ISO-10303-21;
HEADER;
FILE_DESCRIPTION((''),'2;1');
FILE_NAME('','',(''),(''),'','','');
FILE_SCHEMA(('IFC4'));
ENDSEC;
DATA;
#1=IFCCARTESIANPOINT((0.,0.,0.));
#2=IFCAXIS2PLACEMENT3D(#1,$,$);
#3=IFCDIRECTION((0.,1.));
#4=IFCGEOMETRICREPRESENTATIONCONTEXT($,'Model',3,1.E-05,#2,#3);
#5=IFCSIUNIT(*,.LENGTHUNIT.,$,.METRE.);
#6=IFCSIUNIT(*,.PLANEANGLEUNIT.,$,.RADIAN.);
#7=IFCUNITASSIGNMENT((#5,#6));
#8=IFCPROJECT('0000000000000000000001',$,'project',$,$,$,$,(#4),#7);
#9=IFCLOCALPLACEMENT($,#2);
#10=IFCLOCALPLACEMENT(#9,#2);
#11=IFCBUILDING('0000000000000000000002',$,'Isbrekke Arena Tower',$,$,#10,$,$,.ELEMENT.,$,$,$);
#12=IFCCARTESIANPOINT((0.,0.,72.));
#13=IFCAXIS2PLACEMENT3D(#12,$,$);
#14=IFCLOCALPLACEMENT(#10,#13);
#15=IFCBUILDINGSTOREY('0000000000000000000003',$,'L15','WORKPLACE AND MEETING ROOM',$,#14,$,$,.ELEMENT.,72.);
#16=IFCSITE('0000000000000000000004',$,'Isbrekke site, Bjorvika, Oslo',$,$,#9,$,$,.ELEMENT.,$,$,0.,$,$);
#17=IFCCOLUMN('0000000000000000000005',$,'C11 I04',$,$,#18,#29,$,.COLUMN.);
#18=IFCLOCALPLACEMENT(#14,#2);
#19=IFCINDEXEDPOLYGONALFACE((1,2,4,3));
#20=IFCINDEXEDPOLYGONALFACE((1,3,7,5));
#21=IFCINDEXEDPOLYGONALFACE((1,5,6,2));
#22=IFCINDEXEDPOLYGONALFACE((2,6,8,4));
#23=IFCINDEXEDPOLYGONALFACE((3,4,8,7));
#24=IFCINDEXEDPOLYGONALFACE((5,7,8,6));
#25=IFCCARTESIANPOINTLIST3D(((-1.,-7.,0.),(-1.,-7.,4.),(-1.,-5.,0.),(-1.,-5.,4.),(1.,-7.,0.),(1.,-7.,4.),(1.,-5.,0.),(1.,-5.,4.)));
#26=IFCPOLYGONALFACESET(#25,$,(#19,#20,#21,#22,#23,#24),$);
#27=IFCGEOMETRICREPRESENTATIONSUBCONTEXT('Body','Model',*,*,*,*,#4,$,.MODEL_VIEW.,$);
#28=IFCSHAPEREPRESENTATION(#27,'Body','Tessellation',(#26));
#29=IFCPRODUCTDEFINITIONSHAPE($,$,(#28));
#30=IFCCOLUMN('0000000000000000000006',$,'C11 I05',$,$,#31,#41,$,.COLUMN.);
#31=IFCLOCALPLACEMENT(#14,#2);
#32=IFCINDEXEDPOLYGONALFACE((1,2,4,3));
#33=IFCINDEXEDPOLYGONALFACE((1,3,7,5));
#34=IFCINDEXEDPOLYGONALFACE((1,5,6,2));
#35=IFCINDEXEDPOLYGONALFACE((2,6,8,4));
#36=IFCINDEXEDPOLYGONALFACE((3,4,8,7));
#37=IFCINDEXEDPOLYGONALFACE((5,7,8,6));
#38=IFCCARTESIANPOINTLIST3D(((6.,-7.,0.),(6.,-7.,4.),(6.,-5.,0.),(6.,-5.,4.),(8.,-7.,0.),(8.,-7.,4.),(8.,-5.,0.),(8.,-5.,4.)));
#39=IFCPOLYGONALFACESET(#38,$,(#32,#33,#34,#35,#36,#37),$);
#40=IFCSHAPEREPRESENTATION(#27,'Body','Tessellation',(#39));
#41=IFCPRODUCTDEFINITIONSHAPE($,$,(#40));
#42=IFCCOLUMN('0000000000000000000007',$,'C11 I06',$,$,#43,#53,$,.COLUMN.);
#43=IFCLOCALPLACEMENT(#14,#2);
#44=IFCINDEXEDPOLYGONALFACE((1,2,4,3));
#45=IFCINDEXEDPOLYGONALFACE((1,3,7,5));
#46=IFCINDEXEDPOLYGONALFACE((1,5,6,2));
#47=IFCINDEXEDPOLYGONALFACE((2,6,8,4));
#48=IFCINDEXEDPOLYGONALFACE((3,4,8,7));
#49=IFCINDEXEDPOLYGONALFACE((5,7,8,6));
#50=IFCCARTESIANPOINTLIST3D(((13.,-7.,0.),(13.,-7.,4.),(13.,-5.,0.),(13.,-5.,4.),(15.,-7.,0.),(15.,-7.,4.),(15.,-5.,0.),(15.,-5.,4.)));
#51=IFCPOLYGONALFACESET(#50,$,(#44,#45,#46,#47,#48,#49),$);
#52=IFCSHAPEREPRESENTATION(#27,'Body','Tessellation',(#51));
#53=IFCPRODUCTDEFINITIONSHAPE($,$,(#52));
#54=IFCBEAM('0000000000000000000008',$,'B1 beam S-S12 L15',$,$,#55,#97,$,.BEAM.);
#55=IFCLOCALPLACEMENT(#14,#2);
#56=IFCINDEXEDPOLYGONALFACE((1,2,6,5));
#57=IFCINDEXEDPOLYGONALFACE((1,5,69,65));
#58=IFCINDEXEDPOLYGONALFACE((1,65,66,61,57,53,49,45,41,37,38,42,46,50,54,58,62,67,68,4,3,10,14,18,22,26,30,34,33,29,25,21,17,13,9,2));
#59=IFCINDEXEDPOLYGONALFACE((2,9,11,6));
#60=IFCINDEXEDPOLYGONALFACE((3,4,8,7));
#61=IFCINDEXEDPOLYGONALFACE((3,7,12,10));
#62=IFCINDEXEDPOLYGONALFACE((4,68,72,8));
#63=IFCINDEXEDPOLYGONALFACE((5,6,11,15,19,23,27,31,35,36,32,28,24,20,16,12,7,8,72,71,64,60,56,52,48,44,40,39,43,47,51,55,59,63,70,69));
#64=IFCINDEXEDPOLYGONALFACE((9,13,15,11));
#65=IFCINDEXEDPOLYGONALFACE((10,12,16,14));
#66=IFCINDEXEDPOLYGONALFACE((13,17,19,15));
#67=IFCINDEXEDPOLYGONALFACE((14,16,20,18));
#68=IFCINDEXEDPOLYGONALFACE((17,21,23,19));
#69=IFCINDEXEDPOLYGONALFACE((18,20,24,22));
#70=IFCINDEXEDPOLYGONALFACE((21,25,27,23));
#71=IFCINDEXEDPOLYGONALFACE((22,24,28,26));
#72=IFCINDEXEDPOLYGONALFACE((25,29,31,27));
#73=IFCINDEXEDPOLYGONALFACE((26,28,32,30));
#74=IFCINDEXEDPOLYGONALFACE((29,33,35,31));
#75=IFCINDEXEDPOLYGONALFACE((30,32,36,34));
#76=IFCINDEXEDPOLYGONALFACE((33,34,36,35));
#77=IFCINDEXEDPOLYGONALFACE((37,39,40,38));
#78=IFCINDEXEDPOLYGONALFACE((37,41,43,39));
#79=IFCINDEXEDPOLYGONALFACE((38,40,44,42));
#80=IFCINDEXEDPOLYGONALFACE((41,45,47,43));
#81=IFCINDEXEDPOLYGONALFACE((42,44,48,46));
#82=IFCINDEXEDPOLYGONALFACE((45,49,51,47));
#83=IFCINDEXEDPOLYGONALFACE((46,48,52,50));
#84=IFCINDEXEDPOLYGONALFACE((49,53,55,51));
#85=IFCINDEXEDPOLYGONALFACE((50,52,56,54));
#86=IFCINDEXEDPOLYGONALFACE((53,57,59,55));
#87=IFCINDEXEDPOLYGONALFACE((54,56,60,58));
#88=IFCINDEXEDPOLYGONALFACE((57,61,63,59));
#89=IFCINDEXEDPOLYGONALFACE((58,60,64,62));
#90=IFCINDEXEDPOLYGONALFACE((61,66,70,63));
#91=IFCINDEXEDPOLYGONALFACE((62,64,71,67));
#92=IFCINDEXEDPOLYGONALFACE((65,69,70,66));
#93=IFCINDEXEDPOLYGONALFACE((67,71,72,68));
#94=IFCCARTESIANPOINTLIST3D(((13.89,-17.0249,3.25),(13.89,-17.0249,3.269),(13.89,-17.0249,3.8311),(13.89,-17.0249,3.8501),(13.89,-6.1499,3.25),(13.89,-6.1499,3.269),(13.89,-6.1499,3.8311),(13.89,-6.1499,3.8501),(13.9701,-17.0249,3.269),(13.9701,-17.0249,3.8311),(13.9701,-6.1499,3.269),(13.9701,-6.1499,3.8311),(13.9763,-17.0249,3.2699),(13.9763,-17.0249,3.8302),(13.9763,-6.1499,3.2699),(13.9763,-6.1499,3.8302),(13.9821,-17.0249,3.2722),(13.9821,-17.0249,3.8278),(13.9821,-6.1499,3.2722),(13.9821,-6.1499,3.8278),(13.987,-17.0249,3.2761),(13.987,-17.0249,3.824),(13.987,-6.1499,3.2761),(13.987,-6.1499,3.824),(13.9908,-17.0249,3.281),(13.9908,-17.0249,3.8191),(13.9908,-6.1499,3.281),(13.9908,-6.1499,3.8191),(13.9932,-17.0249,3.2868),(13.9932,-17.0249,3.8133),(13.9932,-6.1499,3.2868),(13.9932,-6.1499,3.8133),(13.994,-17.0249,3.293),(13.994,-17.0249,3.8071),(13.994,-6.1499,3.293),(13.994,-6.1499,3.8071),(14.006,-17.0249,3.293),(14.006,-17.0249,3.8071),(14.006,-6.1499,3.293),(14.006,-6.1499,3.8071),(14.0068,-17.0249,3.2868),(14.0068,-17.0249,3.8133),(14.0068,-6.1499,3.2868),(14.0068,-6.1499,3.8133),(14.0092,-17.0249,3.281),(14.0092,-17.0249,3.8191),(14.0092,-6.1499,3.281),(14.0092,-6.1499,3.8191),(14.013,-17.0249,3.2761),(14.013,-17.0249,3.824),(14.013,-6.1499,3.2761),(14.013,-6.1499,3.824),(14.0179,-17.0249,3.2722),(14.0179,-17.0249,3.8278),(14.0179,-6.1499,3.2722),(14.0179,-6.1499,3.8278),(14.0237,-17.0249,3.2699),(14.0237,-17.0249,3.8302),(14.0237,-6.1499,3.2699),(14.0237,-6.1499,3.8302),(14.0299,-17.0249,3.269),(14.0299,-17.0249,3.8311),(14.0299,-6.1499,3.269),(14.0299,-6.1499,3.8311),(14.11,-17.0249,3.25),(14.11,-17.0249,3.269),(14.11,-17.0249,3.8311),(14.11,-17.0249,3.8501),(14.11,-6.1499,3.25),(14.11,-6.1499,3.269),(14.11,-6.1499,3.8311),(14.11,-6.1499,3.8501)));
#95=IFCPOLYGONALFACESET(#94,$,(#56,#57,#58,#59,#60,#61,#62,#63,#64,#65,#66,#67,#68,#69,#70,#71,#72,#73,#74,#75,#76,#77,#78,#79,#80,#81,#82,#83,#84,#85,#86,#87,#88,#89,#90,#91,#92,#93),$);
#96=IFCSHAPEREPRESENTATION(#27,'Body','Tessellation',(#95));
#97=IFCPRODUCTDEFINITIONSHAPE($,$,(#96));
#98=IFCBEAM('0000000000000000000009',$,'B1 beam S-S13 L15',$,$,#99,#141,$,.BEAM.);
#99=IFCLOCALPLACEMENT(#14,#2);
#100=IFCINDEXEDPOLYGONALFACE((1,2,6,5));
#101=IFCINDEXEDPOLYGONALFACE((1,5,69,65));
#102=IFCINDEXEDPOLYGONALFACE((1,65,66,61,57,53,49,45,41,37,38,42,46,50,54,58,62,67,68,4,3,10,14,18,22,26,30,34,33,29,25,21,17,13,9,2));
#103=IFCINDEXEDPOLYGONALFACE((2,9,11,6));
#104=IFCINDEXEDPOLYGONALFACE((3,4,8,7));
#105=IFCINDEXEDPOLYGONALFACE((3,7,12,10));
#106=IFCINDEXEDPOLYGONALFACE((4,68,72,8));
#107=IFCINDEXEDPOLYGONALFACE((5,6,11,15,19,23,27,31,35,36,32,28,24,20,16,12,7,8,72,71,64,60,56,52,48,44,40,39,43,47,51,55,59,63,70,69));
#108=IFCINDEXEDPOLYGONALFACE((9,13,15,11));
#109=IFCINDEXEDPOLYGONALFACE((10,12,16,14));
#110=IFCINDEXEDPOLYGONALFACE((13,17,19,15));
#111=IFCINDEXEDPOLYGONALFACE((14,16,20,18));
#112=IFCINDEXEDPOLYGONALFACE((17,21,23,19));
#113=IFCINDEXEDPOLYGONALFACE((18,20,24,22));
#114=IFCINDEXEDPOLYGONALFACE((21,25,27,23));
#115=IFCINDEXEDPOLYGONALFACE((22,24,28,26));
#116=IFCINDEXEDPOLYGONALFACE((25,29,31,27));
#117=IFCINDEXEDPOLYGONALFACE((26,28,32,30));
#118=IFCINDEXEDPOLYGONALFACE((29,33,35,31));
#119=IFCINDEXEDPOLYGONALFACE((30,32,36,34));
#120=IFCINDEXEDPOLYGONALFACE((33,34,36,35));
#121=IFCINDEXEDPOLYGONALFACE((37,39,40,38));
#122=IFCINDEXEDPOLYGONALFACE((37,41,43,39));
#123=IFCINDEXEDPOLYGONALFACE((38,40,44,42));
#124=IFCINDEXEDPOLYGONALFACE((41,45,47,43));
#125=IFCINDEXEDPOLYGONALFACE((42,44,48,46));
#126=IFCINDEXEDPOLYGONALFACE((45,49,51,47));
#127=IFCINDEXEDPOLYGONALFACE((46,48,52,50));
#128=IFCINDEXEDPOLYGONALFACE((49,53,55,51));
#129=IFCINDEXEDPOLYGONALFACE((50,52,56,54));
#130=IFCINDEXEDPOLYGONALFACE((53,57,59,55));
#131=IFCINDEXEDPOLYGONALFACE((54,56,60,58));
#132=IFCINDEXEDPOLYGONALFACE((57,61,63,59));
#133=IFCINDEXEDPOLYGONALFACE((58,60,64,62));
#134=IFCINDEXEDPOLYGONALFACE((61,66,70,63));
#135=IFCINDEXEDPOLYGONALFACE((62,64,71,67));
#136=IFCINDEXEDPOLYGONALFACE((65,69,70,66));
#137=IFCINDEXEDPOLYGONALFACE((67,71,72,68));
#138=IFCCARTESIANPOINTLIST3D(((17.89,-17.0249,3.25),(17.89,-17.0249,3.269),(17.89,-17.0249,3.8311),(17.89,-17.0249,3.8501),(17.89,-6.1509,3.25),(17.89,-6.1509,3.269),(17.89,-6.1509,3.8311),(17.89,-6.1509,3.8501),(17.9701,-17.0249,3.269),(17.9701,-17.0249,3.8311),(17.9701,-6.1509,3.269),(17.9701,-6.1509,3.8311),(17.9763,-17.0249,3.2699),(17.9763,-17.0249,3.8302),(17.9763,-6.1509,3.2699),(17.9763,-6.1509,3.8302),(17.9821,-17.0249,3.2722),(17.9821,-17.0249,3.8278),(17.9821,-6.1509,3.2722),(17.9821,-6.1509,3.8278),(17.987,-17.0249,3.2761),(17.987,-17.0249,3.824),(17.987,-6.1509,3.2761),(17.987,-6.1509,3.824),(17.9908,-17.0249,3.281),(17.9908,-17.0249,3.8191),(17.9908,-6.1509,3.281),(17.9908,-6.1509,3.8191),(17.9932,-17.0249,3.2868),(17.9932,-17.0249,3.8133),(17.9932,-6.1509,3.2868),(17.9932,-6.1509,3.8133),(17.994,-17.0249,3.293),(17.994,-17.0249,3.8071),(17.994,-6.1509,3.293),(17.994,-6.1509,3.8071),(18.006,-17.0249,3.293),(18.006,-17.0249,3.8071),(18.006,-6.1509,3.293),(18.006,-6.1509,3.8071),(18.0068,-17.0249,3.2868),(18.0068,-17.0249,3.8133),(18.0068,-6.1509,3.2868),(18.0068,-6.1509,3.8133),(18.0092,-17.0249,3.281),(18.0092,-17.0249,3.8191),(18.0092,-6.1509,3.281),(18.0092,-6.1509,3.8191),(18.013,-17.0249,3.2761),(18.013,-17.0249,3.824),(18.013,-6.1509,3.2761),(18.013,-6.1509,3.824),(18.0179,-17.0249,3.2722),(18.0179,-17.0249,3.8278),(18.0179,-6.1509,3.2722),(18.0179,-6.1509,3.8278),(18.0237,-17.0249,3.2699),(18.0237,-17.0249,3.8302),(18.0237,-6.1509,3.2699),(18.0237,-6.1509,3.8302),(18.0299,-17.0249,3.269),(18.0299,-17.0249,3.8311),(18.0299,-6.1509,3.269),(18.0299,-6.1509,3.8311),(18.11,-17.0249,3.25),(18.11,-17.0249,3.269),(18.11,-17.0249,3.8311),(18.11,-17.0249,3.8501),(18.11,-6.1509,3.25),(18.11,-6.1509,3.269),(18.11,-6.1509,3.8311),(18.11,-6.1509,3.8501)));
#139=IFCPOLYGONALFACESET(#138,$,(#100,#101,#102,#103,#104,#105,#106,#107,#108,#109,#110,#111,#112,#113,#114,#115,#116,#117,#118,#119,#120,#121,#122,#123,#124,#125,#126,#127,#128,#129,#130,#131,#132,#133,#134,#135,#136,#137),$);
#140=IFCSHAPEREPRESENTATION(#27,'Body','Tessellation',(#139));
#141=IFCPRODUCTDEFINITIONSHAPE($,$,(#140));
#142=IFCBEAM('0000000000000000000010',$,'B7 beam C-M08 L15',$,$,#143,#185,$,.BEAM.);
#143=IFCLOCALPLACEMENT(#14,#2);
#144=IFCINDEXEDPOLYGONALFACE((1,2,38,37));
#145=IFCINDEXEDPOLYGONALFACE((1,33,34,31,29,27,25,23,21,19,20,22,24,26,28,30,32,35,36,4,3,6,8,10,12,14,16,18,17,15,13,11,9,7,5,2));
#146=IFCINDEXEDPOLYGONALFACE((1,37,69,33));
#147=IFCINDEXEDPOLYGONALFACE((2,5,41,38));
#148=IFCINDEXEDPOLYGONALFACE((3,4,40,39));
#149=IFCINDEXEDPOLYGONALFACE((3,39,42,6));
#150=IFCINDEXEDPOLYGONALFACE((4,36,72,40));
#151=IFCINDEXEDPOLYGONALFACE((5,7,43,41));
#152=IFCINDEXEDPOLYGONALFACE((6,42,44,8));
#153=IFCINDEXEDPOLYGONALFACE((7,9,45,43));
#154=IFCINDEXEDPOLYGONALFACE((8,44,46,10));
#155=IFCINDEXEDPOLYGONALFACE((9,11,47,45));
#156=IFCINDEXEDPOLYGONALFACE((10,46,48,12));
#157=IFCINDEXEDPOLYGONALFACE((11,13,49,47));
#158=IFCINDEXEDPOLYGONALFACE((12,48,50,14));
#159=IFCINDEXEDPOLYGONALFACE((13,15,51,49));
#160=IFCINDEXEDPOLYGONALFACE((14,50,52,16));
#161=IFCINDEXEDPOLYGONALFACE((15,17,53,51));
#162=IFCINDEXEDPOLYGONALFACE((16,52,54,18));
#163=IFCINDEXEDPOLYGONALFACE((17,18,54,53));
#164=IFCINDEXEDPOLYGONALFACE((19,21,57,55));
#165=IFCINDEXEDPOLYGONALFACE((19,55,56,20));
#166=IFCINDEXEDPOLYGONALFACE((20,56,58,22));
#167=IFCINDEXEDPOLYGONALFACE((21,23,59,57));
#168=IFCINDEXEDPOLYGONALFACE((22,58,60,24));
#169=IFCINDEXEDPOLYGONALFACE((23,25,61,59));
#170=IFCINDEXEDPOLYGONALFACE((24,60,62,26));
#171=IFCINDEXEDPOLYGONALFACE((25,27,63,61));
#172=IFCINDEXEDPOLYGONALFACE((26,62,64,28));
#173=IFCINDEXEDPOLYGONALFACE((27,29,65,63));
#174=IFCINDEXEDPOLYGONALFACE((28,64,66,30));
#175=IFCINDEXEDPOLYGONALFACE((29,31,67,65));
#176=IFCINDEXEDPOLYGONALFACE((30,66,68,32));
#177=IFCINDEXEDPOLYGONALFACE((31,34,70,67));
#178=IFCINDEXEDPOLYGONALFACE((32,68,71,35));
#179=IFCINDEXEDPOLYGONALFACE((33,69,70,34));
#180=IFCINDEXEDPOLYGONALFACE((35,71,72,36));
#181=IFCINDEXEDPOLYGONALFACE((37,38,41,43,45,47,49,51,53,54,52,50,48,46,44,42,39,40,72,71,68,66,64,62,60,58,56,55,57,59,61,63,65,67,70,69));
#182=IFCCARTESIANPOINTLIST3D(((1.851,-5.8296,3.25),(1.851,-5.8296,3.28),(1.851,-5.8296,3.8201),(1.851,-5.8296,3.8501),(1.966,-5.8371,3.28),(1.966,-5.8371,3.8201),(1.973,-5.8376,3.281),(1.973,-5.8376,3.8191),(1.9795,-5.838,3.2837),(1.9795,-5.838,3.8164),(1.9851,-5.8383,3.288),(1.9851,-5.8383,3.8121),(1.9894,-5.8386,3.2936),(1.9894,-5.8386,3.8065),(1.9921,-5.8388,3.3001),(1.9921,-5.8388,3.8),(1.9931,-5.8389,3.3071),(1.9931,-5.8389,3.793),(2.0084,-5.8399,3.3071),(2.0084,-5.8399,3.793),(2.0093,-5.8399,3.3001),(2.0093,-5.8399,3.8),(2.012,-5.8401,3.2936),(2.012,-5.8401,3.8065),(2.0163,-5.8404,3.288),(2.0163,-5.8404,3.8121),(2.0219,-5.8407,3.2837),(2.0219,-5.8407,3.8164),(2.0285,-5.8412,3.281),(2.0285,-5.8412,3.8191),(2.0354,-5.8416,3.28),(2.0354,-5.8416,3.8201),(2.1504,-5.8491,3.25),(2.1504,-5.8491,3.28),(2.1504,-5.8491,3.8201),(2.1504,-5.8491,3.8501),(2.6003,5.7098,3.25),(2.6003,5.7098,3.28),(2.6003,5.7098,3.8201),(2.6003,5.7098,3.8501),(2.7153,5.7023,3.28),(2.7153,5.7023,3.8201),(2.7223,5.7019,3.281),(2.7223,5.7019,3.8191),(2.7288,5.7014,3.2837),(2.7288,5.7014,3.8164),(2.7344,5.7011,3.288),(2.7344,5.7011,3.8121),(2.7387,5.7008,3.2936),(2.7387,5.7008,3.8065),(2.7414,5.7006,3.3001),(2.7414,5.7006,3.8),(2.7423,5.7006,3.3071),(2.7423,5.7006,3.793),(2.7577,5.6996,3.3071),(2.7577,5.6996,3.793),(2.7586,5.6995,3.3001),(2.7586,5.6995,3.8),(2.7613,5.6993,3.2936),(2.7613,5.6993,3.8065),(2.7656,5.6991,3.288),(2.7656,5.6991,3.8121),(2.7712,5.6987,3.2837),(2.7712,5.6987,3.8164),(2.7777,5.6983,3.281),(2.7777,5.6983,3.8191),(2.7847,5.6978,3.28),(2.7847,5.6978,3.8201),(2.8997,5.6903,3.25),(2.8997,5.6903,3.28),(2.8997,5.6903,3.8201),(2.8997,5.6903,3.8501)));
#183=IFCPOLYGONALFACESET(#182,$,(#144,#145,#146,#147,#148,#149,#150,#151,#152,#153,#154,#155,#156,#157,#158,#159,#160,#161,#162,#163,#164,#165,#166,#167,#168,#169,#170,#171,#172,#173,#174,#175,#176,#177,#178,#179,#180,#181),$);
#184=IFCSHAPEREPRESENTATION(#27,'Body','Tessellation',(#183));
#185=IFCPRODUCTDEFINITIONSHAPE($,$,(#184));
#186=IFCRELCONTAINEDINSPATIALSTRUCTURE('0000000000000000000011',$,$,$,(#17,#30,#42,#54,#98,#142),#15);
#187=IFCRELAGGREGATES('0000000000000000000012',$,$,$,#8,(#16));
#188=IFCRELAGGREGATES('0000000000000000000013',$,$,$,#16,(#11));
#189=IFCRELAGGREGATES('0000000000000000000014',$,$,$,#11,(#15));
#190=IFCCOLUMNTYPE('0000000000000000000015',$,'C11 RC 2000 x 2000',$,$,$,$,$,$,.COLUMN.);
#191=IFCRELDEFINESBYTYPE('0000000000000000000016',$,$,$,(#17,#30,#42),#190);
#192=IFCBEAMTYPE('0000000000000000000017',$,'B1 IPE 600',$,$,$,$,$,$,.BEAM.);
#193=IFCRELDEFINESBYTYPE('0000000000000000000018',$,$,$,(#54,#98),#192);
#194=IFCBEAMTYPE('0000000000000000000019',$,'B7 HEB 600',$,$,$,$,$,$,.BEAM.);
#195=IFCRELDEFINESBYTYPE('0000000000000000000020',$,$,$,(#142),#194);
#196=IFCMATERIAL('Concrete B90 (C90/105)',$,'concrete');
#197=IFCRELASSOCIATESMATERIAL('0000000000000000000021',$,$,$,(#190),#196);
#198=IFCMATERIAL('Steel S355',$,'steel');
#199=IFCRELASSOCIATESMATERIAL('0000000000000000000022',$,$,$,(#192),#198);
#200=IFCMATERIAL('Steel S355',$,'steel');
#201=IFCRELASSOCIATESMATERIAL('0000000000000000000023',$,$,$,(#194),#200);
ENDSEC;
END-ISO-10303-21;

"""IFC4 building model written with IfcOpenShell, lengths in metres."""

from ifc_helpers import new_model, si_unit, direction, frame, origin, origin_2d, place, context, subcontext, project, spatial, rectangle, i_section, extrude, material, material_profile, profile_set, type_object, element, save


model = new_model("IFC4")

# Units and contexts
model_context = context("Model", 3, precision=1e-05, world=origin(), true_north=direction((0.0, 1.0)))
body_context = subcontext(model_context, "Body", "Model", "MODEL_VIEW")
ifc_project = project(units=[si_unit("LENGTHUNIT", "METRE"), si_unit("PLANEANGLEUNIT", "RADIAN")], contexts=[model_context])

# Site, building, storey
site_placement = place(None, origin())
site = spatial("IfcSite", under=ifc_project, at=site_placement, Name="Isbrekke site, Bjorvika, Oslo", CompositionType="ELEMENT", RefElevation=0.0)
building_placement = place(site_placement, origin())
building = spatial("IfcBuilding", under=site, at=building_placement, Name="Isbrekke Arena Tower", CompositionType="ELEMENT")
storey_placement = place(building_placement, frame((0.0, 0.0, 72.0)))
storey = spatial("IfcBuildingStorey", under=building, at=storey_placement, Name="L15", Description="WORKPLACE AND MEETING ROOM", CompositionType="ELEMENT", Elevation=72.0)

# Columns
ifc_material_1 = material(Name="Concrete B90 (C90/105)", Category="concrete")
ifc_material_profile_1 = material_profile(ifc_material_1, rectangle(XDim=2.0, YDim=2.0, at=origin_2d()), Name="RC 2000x2000")
ifc_profile_set_1 = profile_set([ifc_material_profile_1], Name="Concrete B90 (C90/105)")
column_type = type_object("IfcColumnType", Name="C11 RC 2000 x 2000", PredefinedType="COLUMN", material=ifc_profile_set_1)
for number, where, z_axis, x_axis, name in (
    (1, (0.0, -6.0, 0.0), (0.0, 0.0, 1.0), (1.0, 0.0, 0.0), "C11 I04"),
    (2, (7.0, -6.0, 0.0), (0.0, 0.0, 1.0), (1.0, 0.0, 0.0), "C11 I05"),
    (3, (14.0, -6.0, 0.0), (0.0, 0.0, 1.0), (1.0, 0.0, 0.0), "C11 I06"),
):
    element("IfcColumn", number, at=place(storey_placement, frame(where, z_axis=z_axis, x_axis=x_axis)), inside=storey, type_object=column_type, Name=name, PredefinedType="COLUMN", context=body_context, shape_type="SweptSolid", body=[
        extrude(rectangle(XDim=2.0, YDim=2.0, at=origin_2d()), origin(), (0.0, 0.0, 1.0), 4.0),
    ])

# Beams
ifc_material_2 = material(Name="Steel S355", Category="steel")
ifc_material_profile_2 = material_profile(ifc_material_2, i_section(OverallWidth=0.22, OverallDepth=0.6001, WebThickness=0.012, FlangeThickness=0.019, FilletRadius=0.0239, at=origin_2d()), Name="IPE 600")
ifc_profile_set_2 = profile_set([ifc_material_profile_2], Name="Steel S355")
beam_type_1 = type_object("IfcBeamType", Name="B1 IPE 600", PredefinedType="BEAM", material=ifc_profile_set_2)
beam_1_placement = place(storey_placement, frame((14.0, -17.0249, 3.55), z_axis=(0.0, 1.0, 0.0), x_axis=(-1.0, 0.0, 0.0)))
element("IfcBeam", 4, at=beam_1_placement, inside=storey, type_object=beam_type_1, Name="B1 beam S-S12 L15", PredefinedType="BEAM", context=body_context, shape_type="SweptSolid", body=[
    extrude(i_section(OverallWidth=0.22, OverallDepth=0.6001, WebThickness=0.012, FlangeThickness=0.019, FilletRadius=0.0239, at=origin_2d()), origin(), (0.0, 0.0, 1.0), 10.875),
])
beam_2_placement = place(storey_placement, frame((18.0, -17.0249, 3.55), z_axis=(0.0, 1.0, 0.0), x_axis=(-1.0, 0.0, 0.0)))
element("IfcBeam", 5, at=beam_2_placement, inside=storey, type_object=beam_type_1, Name="B1 beam S-S13 L15", PredefinedType="BEAM", context=body_context, shape_type="SweptSolid", body=[
    extrude(i_section(OverallWidth=0.22, OverallDepth=0.6001, WebThickness=0.012, FlangeThickness=0.019, FilletRadius=0.0239, at=origin_2d()), origin(), (0.0, 0.0, 1.0), 10.874),
])
ifc_material_3 = material(Name="Steel S355", Category="steel")
ifc_material_profile_3 = material_profile(ifc_material_3, i_section(OverallWidth=0.3, OverallDepth=0.6001, WebThickness=0.0154, FlangeThickness=0.03, FilletRadius=0.0271, at=origin_2d()), Name="HEB 600")
ifc_profile_set_3 = profile_set([ifc_material_profile_3], Name="Steel S355")
beam_type_2 = type_object("IfcBeamType", Name="B7 HEB 600", PredefinedType="BEAM", material=ifc_profile_set_3)
beam_3_placement = place(storey_placement, frame((2.0007, -5.8394, 3.55), z_axis=(0.064795, 0.997899, 0.0), x_axis=(-0.997899, 0.064795, 0.0)))
element("IfcBeam", 6, at=beam_3_placement, inside=storey, type_object=beam_type_2, Name="B7 beam C-M08 L15", PredefinedType="BEAM", context=body_context, shape_type="SweptSolid", body=[
    extrude(i_section(OverallWidth=0.3, OverallDepth=0.6001, WebThickness=0.0154, FlangeThickness=0.03, FilletRadius=0.0271, at=origin_2d()), origin(), (0.0, 0.0, 1.0), 11.5637),
])

save(model, "model.ifc")
